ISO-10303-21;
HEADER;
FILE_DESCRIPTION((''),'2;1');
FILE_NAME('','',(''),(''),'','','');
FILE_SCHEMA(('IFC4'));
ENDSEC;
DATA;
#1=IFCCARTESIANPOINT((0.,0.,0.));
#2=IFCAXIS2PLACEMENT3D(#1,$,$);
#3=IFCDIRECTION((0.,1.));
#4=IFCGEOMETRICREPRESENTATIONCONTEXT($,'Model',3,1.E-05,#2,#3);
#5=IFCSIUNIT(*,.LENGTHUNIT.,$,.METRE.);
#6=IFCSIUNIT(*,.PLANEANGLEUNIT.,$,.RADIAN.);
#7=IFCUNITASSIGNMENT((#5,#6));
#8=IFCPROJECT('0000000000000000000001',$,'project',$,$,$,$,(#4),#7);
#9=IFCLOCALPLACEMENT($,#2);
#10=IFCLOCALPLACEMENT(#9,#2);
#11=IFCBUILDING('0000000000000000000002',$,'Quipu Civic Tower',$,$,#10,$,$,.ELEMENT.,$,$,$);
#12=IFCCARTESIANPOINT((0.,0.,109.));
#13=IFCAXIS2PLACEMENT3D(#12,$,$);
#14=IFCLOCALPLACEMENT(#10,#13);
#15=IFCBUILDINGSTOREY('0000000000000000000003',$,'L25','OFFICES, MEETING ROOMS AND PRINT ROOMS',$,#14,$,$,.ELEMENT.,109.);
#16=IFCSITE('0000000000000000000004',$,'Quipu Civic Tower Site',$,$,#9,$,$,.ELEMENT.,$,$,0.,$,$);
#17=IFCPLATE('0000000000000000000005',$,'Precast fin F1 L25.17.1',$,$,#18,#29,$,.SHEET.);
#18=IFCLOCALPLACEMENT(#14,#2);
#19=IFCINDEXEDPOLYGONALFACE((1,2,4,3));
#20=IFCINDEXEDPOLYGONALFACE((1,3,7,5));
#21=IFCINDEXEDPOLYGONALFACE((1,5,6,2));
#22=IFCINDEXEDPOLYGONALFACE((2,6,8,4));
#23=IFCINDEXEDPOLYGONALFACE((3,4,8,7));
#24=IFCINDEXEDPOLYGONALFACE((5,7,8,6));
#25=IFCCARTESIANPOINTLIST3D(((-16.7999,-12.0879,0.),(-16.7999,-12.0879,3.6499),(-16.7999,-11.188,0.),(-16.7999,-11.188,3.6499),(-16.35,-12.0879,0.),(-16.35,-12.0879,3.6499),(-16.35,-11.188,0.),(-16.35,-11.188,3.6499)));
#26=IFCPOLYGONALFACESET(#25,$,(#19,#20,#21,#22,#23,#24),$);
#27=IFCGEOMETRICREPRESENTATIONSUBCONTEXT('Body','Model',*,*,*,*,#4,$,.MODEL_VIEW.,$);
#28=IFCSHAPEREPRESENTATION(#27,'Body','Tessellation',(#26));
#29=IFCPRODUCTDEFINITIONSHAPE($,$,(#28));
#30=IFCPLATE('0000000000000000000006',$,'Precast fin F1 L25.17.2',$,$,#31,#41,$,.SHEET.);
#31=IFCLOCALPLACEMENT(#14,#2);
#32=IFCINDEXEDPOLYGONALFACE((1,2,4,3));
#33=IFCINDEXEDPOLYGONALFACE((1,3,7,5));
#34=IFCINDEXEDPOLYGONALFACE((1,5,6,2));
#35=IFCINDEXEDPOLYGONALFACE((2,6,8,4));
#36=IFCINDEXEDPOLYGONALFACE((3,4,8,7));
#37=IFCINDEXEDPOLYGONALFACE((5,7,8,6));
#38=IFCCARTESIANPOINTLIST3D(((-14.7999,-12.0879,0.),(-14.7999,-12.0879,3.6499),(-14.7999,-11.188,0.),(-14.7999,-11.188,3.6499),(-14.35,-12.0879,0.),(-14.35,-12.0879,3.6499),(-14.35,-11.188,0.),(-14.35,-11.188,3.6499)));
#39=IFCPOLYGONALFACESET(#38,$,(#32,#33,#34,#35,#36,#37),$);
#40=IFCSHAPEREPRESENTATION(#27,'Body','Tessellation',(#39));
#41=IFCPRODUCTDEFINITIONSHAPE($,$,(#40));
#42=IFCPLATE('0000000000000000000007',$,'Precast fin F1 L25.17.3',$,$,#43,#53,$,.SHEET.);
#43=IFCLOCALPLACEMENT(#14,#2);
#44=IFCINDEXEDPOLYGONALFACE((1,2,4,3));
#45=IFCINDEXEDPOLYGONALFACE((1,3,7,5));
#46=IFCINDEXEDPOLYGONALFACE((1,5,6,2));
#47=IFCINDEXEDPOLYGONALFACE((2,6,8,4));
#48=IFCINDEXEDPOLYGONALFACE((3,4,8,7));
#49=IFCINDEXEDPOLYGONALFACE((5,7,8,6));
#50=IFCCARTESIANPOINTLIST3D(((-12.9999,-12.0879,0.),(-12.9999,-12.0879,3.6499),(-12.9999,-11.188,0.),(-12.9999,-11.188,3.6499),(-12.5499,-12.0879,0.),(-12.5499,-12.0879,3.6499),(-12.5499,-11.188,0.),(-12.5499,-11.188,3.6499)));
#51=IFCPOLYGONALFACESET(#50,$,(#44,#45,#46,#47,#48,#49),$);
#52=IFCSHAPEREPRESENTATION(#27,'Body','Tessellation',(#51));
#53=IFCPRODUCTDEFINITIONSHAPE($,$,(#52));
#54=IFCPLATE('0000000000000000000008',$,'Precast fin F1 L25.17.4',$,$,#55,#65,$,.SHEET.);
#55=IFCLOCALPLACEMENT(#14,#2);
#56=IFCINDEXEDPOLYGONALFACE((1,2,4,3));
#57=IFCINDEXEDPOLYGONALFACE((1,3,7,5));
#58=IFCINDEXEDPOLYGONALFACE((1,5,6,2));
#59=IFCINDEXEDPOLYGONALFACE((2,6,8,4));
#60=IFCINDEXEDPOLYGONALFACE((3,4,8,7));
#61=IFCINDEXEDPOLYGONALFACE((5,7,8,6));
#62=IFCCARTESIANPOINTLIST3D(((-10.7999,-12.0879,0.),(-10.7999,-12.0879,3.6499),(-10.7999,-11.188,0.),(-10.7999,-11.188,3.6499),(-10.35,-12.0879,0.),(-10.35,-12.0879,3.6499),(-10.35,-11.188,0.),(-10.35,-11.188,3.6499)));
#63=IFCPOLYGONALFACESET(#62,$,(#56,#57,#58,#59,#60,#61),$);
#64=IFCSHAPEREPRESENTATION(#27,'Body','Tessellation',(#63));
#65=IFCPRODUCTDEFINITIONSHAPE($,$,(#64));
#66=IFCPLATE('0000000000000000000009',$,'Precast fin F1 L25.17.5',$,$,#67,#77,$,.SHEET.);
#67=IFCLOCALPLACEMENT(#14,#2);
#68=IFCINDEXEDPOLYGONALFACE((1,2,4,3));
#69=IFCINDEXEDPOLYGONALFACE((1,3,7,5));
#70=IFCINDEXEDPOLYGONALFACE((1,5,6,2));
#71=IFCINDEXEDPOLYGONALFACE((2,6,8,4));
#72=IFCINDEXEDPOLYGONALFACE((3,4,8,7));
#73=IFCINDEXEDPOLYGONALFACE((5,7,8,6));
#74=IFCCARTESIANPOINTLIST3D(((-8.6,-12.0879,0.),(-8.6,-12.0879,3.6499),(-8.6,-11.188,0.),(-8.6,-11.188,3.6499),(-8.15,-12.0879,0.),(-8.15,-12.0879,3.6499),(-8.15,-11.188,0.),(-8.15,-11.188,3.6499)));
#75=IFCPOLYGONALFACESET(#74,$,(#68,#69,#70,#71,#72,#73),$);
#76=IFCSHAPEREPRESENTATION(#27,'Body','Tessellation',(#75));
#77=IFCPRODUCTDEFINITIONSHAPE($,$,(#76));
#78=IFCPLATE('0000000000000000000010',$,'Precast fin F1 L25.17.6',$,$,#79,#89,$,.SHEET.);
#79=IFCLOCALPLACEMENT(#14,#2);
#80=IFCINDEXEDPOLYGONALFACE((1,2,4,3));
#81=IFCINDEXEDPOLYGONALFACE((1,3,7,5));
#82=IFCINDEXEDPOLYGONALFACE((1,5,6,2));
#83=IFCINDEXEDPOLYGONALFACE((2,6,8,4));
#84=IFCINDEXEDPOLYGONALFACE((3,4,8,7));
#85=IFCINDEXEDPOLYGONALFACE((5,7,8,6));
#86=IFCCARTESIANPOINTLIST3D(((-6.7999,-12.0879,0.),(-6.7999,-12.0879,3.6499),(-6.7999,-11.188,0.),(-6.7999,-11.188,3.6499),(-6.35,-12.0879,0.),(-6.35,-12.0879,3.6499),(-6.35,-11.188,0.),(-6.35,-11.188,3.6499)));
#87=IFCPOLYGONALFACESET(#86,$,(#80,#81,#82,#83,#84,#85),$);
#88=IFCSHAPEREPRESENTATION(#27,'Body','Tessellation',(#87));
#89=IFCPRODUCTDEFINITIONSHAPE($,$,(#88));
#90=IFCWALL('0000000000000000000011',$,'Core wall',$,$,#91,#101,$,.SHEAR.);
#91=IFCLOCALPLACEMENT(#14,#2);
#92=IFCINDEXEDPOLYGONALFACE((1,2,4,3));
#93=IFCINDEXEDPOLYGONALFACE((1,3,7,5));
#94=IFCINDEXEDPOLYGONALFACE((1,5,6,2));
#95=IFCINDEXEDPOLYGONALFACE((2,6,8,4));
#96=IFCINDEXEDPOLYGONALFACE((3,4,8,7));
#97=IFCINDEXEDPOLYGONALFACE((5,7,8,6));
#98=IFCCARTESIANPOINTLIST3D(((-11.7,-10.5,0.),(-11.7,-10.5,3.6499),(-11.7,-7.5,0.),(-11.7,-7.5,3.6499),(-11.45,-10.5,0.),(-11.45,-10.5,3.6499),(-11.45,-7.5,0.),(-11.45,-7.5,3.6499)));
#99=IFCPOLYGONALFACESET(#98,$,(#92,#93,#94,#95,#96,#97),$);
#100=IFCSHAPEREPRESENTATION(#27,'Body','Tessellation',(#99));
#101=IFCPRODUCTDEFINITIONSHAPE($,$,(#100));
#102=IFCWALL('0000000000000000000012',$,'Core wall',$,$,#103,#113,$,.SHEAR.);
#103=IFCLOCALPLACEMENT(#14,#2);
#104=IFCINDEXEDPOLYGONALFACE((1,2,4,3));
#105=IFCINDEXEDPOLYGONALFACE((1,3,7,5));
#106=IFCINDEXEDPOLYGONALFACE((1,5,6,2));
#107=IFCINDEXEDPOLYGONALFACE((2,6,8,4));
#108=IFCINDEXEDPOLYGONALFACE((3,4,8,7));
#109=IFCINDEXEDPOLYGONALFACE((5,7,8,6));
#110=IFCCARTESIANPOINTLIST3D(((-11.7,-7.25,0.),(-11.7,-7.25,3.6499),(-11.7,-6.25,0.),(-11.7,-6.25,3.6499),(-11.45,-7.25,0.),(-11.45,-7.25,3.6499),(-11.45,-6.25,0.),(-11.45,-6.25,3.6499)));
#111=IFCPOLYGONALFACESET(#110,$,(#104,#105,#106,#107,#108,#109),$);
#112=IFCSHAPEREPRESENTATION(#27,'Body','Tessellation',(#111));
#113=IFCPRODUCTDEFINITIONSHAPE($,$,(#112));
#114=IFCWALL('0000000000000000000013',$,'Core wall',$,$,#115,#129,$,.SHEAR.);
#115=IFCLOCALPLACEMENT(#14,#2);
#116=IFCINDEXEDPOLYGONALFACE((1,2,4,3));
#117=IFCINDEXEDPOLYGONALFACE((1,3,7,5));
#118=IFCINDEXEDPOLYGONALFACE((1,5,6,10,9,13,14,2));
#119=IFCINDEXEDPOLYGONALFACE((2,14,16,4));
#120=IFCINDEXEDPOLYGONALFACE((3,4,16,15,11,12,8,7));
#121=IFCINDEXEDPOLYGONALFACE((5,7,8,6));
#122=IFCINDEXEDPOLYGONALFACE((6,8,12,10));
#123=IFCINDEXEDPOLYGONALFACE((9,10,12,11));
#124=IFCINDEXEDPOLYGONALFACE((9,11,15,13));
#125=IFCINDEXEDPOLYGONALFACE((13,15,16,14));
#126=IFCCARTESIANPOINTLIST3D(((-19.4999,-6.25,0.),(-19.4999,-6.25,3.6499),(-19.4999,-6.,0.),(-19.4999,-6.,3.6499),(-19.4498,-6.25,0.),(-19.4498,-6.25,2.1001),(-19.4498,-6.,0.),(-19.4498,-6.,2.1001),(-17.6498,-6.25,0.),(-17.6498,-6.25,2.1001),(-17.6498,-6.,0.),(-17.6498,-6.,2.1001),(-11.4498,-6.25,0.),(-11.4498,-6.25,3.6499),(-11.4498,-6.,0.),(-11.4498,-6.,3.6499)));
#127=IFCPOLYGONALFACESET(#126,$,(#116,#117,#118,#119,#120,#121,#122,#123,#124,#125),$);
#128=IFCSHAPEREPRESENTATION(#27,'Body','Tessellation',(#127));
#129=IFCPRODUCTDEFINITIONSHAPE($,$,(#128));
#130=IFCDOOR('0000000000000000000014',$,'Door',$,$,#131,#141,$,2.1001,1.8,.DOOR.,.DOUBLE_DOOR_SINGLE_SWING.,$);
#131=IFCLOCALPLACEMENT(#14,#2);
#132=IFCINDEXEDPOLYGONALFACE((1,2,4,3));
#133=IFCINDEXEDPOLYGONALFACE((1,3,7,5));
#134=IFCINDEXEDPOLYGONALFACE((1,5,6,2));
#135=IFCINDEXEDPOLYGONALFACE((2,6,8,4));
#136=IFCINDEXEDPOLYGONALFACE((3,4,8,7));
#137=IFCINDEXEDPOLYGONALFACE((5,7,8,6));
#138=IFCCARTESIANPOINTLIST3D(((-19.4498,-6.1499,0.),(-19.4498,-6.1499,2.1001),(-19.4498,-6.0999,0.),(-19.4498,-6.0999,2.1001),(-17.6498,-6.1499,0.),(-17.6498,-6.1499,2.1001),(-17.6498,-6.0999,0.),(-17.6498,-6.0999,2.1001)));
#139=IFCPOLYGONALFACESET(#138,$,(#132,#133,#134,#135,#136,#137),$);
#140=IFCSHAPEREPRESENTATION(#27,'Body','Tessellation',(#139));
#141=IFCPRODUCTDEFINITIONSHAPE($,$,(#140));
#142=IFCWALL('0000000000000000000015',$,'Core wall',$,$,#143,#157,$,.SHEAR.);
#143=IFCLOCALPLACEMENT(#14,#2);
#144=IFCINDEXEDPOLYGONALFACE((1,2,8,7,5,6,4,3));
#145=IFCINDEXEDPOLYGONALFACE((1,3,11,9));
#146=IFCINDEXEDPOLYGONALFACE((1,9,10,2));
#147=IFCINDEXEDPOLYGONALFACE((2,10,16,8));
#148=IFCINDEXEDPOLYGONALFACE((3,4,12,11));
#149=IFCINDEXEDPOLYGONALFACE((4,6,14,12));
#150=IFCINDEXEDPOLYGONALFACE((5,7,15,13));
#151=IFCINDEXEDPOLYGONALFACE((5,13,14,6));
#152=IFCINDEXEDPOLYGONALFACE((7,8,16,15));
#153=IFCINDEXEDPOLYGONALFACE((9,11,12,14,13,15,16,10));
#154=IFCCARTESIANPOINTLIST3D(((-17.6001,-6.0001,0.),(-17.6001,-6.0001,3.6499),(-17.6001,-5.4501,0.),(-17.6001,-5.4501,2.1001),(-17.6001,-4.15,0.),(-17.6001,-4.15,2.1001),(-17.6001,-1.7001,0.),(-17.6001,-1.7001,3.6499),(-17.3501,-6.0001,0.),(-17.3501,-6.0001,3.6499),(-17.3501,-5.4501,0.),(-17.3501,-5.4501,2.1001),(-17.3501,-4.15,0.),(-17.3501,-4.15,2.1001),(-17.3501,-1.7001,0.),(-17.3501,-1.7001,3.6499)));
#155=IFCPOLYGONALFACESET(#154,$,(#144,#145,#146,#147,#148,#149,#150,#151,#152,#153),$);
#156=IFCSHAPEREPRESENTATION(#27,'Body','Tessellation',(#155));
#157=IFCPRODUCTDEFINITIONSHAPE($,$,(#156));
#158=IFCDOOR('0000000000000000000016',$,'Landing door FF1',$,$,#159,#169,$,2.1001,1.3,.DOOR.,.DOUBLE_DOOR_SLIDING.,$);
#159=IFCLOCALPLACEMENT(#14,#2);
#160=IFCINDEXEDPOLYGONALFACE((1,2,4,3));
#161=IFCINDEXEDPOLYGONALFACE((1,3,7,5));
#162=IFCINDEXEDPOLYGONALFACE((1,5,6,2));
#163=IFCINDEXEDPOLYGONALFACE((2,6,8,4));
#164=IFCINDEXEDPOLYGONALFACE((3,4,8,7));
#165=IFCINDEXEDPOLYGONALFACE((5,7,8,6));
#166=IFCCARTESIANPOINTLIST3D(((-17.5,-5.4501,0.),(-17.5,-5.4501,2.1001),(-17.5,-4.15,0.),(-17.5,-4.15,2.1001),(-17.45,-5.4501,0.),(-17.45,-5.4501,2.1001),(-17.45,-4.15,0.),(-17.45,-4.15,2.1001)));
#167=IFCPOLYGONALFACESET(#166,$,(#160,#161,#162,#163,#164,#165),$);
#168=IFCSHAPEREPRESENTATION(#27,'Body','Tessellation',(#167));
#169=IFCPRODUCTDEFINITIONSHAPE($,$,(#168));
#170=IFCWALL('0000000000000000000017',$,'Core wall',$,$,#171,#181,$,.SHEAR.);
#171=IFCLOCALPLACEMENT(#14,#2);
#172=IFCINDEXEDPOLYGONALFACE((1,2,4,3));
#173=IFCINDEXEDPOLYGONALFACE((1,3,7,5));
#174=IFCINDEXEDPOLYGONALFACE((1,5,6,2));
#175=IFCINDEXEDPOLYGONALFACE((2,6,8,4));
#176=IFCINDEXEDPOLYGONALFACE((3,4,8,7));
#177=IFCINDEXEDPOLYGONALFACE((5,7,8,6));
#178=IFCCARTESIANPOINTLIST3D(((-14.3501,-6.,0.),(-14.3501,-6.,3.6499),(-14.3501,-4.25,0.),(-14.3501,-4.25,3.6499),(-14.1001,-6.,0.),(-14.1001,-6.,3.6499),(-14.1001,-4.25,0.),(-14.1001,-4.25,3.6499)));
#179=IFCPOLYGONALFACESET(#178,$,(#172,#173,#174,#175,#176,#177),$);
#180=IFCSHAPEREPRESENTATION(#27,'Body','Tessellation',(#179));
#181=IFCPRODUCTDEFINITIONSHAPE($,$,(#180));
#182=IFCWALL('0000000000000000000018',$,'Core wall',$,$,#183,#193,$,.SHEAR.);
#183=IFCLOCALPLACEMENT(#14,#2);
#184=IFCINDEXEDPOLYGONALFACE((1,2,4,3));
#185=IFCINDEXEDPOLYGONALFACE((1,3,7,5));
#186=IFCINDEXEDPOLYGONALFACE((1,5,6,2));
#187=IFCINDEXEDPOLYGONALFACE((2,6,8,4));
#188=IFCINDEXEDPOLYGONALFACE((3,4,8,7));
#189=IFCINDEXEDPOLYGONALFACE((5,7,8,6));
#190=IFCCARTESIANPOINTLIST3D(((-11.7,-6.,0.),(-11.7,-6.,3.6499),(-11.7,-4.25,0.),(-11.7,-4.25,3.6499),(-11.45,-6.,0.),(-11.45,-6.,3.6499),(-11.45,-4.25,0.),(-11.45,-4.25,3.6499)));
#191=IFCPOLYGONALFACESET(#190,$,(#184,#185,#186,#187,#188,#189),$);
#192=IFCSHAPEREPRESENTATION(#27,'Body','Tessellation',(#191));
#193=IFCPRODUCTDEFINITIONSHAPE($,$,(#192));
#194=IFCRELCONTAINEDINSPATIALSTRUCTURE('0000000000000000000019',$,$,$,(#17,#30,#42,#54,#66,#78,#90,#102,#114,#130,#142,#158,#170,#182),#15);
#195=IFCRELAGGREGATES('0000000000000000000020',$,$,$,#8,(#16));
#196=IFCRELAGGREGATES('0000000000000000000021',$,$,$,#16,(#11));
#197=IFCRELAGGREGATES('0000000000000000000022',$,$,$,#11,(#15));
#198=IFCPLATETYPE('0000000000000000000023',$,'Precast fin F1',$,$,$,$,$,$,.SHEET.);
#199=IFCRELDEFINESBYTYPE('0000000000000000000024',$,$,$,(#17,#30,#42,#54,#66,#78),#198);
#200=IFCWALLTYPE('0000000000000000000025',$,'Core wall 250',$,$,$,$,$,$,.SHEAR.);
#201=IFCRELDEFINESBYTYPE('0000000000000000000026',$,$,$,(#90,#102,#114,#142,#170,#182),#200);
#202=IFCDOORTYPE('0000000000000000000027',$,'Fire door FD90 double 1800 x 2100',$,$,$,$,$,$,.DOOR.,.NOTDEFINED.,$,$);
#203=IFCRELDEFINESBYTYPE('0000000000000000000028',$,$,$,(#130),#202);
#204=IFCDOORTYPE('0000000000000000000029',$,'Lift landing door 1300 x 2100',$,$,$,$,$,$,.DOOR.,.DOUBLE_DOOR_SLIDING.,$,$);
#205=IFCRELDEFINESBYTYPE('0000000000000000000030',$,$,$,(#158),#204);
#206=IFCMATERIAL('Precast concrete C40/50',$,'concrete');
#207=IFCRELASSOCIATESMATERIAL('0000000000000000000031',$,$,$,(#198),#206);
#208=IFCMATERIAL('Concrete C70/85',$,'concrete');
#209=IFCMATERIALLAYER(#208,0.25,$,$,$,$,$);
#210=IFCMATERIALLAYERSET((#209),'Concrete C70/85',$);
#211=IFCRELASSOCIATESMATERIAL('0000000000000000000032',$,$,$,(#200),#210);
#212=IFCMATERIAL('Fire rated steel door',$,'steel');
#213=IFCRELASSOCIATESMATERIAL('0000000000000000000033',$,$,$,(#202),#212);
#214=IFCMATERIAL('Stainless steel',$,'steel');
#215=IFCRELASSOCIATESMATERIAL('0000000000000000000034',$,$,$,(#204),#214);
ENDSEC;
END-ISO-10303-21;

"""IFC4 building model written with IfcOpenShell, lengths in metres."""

from ifc_helpers import new_model, si_unit, direction, frame, frame_2d, origin, origin_2d, place, context, subcontext, project, spatial, rectangle, extrude, material, layer, layer_set, type_object, element, fill, save


model = new_model("IFC4")

# Units and contexts
model_context = context("Model", 3, precision=1e-05, world=origin(), true_north=direction((0.0, 1.0)))
body_context = subcontext(model_context, "Body", "Model", "MODEL_VIEW")
ifc_project = project(units=[si_unit("LENGTHUNIT", "METRE"), si_unit("PLANEANGLEUNIT", "RADIAN")], contexts=[model_context])

# Site, building, storey
site_placement = place(None, origin())
site = spatial("IfcSite", under=ifc_project, at=site_placement, Name="Quipu Civic Tower Site", CompositionType="ELEMENT", RefElevation=0.0)
building_placement = place(site_placement, origin())
building = spatial("IfcBuilding", under=site, at=building_placement, Name="Quipu Civic Tower", CompositionType="ELEMENT")
storey_placement = place(building_placement, frame((0.0, 0.0, 109.0)))
storey = spatial("IfcBuildingStorey", under=building, at=storey_placement, Name="L25", Description="OFFICES, MEETING ROOMS AND PRINT ROOMS", CompositionType="ELEMENT", Elevation=109.0)

# Plates
ifc_material_1 = material(Name="Precast concrete C40/50", Category="concrete")
plate_type = type_object("IfcPlateType", Name="Precast fin F1", PredefinedType="SHEET", material=ifc_material_1)
for number, where, z_axis, x_axis, name in (
    (1, (-16.575, -11.6379, 0.0), (0.0, 0.0, 1.0), (1.0, 0.0, 0.0), "Precast fin F1 L25.17.1"),
    (2, (-14.575, -11.6379, 0.0), (0.0, 0.0, 1.0), (1.0, 0.0, 0.0), "Precast fin F1 L25.17.2"),
    (3, (-12.7749, -11.6379, 0.0), (0.0, 0.0, 1.0), (1.0, 0.0, 0.0), "Precast fin F1 L25.17.3"),
    (4, (-10.575, -11.6379, 0.0), (0.0, 0.0, 1.0), (1.0, 0.0, 0.0), "Precast fin F1 L25.17.4"),
    (5, (-8.375, -11.6379, 0.0), (0.0, 0.0, 1.0), (1.0, 0.0, 0.0), "Precast fin F1 L25.17.5"),
    (6, (-6.575, -11.6379, 0.0), (0.0, 0.0, 1.0), (1.0, 0.0, 0.0), "Precast fin F1 L25.17.6"),
):
    element("IfcPlate", number, at=place(storey_placement, frame(where, z_axis=z_axis, x_axis=x_axis)), inside=storey, type_object=plate_type, Name=name, PredefinedType="SHEET", context=body_context, shape_type="SweptSolid", body=[
        extrude(rectangle(XDim=0.45, YDim=0.8999, at=origin_2d()), origin(), (0.0, 0.0, 1.0), 3.6499),
    ])

# Walls
ifc_material_2 = material(Name="Concrete C70/85", Category="concrete")
ifc_layer_1 = layer(ifc_material_2, 0.25)
ifc_layer_set_1 = layer_set([ifc_layer_1], Name="Concrete C70/85")
wall_type_1 = type_object("IfcWallType", Name="Core wall 250", PredefinedType="SHEAR", material=ifc_layer_set_1)
wall_1_placement = place(storey_placement, frame((-11.575, -10.5, 0.0), z_axis=(0.0, 0.0, 1.0), x_axis=(0.0, 1.0, 0.0)))
element("IfcWall", 7, at=wall_1_placement, inside=storey, type_object=wall_type_1, Name="Core wall", PredefinedType="SHEAR", context=body_context, shape_type="SweptSolid", body=[
    extrude(rectangle(XDim=3.0, YDim=0.25, at=frame_2d((1.5, 0.0))), origin(), (0.0, 0.0, 1.0), 3.6499),
])
wall_2_placement = place(storey_placement, frame((-11.575, -7.25, 0.0), z_axis=(0.0, 0.0, 1.0), x_axis=(0.0, 1.0, 0.0)))
element("IfcWall", 8, at=wall_2_placement, inside=storey, type_object=wall_type_1, Name="Core wall", PredefinedType="SHEAR", context=body_context, shape_type="SweptSolid", body=[
    extrude(rectangle(XDim=1.0, YDim=0.25, at=frame_2d((0.5, 0.0))), origin(), (0.0, 0.0, 1.0), 3.6499),
])

# Walls, openings, doors
wall_3_placement = place(storey_placement, frame((-11.45, -6.125, 0.0), z_axis=(0.0, 0.0, 1.0), x_axis=(-1.0, 0.0, 0.0)))
wall_3 = element("IfcWall", 9, at=wall_3_placement, inside=storey, type_object=wall_type_1, Name="Core wall", PredefinedType="SHEAR", context=body_context, shape_type="SweptSolid", body=[
    extrude(rectangle(XDim=8.05, YDim=0.25, at=frame_2d((4.0249, 0.0))), origin(), (0.0, 0.0, 1.0), 3.6499),
])
opening_1_placement = place(wall_3_placement, frame((6.2, 0.0, 0.0)))
opening_1 = element("IfcOpeningElement", 10, at=opening_1_placement, cuts=wall_3, PredefinedType="OPENING", context=body_context, shape_type="SweptSolid", body=[
    extrude(rectangle(XDim=1.8, YDim=2.1001, at=frame_2d((0.8999, 1.05))), frame((0.0, 0.135, 0.0), z_axis=(0.0, -1.0, 0.0), x_axis=(1.0, 0.0, 0.0)), (0.0, 0.0, 1.0), 0.27),
])
ifc_material_3 = material(Name="Fire rated steel door", Category="steel")
door_type_1 = type_object("IfcDoorType", Name="Fire door FD90 double 1800 x 2100", OperationType="NOTDEFINED", PredefinedType="DOOR", material=ifc_material_3)
door_1_placement = place(opening_1_placement, origin())
door_1 = element("IfcDoor", 11, at=door_1_placement, inside=storey, type_object=door_type_1, Name="Door", OperationType="DOUBLE_DOOR_SINGLE_SWING", OverallHeight=2.1001, OverallWidth=1.8, PredefinedType="DOOR", context=body_context, shape_type="SweptSolid", body=[
    extrude(rectangle(XDim=1.8, YDim=2.1001, at=frame_2d((0.8999, 1.05))), frame((0.0, 0.0249, 0.0), z_axis=(0.0, -1.0, 0.0), x_axis=(1.0, 0.0, 0.0)), (0.0, 0.0, 1.0), 0.05),
])
fill(opening_1, door_1)
wall_4_placement = place(storey_placement, frame((-17.4751, -6.0, 0.0), z_axis=(0.0, 0.0, 1.0), x_axis=(0.0, 1.0, 0.0)))
wall_4 = element("IfcWall", 12, at=wall_4_placement, inside=storey, type_object=wall_type_1, Name="Core wall", PredefinedType="SHEAR", context=body_context, shape_type="SweptSolid", body=[
    extrude(rectangle(XDim=4.3, YDim=0.25, at=frame_2d((2.1499, 0.0))), origin(), (0.0, 0.0, 1.0), 3.6499),
])
opening_2_placement = place(wall_4_placement, frame((0.55, 0.0, 0.0)))
opening_2 = element("IfcOpeningElement", 13, at=opening_2_placement, cuts=wall_4, PredefinedType="OPENING", context=body_context, shape_type="SweptSolid", body=[
    extrude(rectangle(XDim=1.3, YDim=2.1001, at=frame_2d((0.6499, 1.05))), frame((0.0, 0.135, 0.0), z_axis=(0.0, -1.0, 0.0), x_axis=(1.0, 0.0, 0.0)), (0.0, 0.0, 1.0), 0.27),
])
ifc_material_4 = material(Name="Stainless steel", Category="steel")
door_type_2 = type_object("IfcDoorType", Name="Lift landing door 1300 x 2100", OperationType="DOUBLE_DOOR_SLIDING", PredefinedType="DOOR", material=ifc_material_4)
door_2_placement = place(opening_2_placement, origin())
door_2 = element("IfcDoor", 14, at=door_2_placement, inside=storey, type_object=door_type_2, Name="Landing door FF1", OperationType="DOUBLE_DOOR_SLIDING", OverallHeight=2.1001, OverallWidth=1.3, PredefinedType="DOOR", context=body_context, shape_type="SweptSolid", body=[
    extrude(rectangle(XDim=1.3, YDim=2.1001, at=frame_2d((0.6499, 1.05))), frame((0.0, 0.0249, 0.0), z_axis=(0.0, -1.0, 0.0), x_axis=(1.0, 0.0, 0.0)), (0.0, 0.0, 1.0), 0.05),
])
fill(opening_2, door_2)

# Walls
for number, where, z_axis, x_axis, name in (
    (15, (-14.2251, -6.0, 0.0), (0.0, 0.0, 1.0), (0.0, 1.0, 0.0), "Core wall"),
    (16, (-11.575, -6.0, 0.0), (0.0, 0.0, 1.0), (0.0, 1.0, 0.0), "Core wall"),
):
    element("IfcWall", number, at=place(storey_placement, frame(where, z_axis=z_axis, x_axis=x_axis)), inside=storey, type_object=wall_type_1, Name=name, PredefinedType="SHEAR", context=body_context, shape_type="SweptSolid", body=[
        extrude(rectangle(XDim=1.75, YDim=0.25, at=frame_2d((0.875, 0.0))), origin(), (0.0, 0.0, 1.0), 3.6499),
    ])

save(model, "model.ifc")
